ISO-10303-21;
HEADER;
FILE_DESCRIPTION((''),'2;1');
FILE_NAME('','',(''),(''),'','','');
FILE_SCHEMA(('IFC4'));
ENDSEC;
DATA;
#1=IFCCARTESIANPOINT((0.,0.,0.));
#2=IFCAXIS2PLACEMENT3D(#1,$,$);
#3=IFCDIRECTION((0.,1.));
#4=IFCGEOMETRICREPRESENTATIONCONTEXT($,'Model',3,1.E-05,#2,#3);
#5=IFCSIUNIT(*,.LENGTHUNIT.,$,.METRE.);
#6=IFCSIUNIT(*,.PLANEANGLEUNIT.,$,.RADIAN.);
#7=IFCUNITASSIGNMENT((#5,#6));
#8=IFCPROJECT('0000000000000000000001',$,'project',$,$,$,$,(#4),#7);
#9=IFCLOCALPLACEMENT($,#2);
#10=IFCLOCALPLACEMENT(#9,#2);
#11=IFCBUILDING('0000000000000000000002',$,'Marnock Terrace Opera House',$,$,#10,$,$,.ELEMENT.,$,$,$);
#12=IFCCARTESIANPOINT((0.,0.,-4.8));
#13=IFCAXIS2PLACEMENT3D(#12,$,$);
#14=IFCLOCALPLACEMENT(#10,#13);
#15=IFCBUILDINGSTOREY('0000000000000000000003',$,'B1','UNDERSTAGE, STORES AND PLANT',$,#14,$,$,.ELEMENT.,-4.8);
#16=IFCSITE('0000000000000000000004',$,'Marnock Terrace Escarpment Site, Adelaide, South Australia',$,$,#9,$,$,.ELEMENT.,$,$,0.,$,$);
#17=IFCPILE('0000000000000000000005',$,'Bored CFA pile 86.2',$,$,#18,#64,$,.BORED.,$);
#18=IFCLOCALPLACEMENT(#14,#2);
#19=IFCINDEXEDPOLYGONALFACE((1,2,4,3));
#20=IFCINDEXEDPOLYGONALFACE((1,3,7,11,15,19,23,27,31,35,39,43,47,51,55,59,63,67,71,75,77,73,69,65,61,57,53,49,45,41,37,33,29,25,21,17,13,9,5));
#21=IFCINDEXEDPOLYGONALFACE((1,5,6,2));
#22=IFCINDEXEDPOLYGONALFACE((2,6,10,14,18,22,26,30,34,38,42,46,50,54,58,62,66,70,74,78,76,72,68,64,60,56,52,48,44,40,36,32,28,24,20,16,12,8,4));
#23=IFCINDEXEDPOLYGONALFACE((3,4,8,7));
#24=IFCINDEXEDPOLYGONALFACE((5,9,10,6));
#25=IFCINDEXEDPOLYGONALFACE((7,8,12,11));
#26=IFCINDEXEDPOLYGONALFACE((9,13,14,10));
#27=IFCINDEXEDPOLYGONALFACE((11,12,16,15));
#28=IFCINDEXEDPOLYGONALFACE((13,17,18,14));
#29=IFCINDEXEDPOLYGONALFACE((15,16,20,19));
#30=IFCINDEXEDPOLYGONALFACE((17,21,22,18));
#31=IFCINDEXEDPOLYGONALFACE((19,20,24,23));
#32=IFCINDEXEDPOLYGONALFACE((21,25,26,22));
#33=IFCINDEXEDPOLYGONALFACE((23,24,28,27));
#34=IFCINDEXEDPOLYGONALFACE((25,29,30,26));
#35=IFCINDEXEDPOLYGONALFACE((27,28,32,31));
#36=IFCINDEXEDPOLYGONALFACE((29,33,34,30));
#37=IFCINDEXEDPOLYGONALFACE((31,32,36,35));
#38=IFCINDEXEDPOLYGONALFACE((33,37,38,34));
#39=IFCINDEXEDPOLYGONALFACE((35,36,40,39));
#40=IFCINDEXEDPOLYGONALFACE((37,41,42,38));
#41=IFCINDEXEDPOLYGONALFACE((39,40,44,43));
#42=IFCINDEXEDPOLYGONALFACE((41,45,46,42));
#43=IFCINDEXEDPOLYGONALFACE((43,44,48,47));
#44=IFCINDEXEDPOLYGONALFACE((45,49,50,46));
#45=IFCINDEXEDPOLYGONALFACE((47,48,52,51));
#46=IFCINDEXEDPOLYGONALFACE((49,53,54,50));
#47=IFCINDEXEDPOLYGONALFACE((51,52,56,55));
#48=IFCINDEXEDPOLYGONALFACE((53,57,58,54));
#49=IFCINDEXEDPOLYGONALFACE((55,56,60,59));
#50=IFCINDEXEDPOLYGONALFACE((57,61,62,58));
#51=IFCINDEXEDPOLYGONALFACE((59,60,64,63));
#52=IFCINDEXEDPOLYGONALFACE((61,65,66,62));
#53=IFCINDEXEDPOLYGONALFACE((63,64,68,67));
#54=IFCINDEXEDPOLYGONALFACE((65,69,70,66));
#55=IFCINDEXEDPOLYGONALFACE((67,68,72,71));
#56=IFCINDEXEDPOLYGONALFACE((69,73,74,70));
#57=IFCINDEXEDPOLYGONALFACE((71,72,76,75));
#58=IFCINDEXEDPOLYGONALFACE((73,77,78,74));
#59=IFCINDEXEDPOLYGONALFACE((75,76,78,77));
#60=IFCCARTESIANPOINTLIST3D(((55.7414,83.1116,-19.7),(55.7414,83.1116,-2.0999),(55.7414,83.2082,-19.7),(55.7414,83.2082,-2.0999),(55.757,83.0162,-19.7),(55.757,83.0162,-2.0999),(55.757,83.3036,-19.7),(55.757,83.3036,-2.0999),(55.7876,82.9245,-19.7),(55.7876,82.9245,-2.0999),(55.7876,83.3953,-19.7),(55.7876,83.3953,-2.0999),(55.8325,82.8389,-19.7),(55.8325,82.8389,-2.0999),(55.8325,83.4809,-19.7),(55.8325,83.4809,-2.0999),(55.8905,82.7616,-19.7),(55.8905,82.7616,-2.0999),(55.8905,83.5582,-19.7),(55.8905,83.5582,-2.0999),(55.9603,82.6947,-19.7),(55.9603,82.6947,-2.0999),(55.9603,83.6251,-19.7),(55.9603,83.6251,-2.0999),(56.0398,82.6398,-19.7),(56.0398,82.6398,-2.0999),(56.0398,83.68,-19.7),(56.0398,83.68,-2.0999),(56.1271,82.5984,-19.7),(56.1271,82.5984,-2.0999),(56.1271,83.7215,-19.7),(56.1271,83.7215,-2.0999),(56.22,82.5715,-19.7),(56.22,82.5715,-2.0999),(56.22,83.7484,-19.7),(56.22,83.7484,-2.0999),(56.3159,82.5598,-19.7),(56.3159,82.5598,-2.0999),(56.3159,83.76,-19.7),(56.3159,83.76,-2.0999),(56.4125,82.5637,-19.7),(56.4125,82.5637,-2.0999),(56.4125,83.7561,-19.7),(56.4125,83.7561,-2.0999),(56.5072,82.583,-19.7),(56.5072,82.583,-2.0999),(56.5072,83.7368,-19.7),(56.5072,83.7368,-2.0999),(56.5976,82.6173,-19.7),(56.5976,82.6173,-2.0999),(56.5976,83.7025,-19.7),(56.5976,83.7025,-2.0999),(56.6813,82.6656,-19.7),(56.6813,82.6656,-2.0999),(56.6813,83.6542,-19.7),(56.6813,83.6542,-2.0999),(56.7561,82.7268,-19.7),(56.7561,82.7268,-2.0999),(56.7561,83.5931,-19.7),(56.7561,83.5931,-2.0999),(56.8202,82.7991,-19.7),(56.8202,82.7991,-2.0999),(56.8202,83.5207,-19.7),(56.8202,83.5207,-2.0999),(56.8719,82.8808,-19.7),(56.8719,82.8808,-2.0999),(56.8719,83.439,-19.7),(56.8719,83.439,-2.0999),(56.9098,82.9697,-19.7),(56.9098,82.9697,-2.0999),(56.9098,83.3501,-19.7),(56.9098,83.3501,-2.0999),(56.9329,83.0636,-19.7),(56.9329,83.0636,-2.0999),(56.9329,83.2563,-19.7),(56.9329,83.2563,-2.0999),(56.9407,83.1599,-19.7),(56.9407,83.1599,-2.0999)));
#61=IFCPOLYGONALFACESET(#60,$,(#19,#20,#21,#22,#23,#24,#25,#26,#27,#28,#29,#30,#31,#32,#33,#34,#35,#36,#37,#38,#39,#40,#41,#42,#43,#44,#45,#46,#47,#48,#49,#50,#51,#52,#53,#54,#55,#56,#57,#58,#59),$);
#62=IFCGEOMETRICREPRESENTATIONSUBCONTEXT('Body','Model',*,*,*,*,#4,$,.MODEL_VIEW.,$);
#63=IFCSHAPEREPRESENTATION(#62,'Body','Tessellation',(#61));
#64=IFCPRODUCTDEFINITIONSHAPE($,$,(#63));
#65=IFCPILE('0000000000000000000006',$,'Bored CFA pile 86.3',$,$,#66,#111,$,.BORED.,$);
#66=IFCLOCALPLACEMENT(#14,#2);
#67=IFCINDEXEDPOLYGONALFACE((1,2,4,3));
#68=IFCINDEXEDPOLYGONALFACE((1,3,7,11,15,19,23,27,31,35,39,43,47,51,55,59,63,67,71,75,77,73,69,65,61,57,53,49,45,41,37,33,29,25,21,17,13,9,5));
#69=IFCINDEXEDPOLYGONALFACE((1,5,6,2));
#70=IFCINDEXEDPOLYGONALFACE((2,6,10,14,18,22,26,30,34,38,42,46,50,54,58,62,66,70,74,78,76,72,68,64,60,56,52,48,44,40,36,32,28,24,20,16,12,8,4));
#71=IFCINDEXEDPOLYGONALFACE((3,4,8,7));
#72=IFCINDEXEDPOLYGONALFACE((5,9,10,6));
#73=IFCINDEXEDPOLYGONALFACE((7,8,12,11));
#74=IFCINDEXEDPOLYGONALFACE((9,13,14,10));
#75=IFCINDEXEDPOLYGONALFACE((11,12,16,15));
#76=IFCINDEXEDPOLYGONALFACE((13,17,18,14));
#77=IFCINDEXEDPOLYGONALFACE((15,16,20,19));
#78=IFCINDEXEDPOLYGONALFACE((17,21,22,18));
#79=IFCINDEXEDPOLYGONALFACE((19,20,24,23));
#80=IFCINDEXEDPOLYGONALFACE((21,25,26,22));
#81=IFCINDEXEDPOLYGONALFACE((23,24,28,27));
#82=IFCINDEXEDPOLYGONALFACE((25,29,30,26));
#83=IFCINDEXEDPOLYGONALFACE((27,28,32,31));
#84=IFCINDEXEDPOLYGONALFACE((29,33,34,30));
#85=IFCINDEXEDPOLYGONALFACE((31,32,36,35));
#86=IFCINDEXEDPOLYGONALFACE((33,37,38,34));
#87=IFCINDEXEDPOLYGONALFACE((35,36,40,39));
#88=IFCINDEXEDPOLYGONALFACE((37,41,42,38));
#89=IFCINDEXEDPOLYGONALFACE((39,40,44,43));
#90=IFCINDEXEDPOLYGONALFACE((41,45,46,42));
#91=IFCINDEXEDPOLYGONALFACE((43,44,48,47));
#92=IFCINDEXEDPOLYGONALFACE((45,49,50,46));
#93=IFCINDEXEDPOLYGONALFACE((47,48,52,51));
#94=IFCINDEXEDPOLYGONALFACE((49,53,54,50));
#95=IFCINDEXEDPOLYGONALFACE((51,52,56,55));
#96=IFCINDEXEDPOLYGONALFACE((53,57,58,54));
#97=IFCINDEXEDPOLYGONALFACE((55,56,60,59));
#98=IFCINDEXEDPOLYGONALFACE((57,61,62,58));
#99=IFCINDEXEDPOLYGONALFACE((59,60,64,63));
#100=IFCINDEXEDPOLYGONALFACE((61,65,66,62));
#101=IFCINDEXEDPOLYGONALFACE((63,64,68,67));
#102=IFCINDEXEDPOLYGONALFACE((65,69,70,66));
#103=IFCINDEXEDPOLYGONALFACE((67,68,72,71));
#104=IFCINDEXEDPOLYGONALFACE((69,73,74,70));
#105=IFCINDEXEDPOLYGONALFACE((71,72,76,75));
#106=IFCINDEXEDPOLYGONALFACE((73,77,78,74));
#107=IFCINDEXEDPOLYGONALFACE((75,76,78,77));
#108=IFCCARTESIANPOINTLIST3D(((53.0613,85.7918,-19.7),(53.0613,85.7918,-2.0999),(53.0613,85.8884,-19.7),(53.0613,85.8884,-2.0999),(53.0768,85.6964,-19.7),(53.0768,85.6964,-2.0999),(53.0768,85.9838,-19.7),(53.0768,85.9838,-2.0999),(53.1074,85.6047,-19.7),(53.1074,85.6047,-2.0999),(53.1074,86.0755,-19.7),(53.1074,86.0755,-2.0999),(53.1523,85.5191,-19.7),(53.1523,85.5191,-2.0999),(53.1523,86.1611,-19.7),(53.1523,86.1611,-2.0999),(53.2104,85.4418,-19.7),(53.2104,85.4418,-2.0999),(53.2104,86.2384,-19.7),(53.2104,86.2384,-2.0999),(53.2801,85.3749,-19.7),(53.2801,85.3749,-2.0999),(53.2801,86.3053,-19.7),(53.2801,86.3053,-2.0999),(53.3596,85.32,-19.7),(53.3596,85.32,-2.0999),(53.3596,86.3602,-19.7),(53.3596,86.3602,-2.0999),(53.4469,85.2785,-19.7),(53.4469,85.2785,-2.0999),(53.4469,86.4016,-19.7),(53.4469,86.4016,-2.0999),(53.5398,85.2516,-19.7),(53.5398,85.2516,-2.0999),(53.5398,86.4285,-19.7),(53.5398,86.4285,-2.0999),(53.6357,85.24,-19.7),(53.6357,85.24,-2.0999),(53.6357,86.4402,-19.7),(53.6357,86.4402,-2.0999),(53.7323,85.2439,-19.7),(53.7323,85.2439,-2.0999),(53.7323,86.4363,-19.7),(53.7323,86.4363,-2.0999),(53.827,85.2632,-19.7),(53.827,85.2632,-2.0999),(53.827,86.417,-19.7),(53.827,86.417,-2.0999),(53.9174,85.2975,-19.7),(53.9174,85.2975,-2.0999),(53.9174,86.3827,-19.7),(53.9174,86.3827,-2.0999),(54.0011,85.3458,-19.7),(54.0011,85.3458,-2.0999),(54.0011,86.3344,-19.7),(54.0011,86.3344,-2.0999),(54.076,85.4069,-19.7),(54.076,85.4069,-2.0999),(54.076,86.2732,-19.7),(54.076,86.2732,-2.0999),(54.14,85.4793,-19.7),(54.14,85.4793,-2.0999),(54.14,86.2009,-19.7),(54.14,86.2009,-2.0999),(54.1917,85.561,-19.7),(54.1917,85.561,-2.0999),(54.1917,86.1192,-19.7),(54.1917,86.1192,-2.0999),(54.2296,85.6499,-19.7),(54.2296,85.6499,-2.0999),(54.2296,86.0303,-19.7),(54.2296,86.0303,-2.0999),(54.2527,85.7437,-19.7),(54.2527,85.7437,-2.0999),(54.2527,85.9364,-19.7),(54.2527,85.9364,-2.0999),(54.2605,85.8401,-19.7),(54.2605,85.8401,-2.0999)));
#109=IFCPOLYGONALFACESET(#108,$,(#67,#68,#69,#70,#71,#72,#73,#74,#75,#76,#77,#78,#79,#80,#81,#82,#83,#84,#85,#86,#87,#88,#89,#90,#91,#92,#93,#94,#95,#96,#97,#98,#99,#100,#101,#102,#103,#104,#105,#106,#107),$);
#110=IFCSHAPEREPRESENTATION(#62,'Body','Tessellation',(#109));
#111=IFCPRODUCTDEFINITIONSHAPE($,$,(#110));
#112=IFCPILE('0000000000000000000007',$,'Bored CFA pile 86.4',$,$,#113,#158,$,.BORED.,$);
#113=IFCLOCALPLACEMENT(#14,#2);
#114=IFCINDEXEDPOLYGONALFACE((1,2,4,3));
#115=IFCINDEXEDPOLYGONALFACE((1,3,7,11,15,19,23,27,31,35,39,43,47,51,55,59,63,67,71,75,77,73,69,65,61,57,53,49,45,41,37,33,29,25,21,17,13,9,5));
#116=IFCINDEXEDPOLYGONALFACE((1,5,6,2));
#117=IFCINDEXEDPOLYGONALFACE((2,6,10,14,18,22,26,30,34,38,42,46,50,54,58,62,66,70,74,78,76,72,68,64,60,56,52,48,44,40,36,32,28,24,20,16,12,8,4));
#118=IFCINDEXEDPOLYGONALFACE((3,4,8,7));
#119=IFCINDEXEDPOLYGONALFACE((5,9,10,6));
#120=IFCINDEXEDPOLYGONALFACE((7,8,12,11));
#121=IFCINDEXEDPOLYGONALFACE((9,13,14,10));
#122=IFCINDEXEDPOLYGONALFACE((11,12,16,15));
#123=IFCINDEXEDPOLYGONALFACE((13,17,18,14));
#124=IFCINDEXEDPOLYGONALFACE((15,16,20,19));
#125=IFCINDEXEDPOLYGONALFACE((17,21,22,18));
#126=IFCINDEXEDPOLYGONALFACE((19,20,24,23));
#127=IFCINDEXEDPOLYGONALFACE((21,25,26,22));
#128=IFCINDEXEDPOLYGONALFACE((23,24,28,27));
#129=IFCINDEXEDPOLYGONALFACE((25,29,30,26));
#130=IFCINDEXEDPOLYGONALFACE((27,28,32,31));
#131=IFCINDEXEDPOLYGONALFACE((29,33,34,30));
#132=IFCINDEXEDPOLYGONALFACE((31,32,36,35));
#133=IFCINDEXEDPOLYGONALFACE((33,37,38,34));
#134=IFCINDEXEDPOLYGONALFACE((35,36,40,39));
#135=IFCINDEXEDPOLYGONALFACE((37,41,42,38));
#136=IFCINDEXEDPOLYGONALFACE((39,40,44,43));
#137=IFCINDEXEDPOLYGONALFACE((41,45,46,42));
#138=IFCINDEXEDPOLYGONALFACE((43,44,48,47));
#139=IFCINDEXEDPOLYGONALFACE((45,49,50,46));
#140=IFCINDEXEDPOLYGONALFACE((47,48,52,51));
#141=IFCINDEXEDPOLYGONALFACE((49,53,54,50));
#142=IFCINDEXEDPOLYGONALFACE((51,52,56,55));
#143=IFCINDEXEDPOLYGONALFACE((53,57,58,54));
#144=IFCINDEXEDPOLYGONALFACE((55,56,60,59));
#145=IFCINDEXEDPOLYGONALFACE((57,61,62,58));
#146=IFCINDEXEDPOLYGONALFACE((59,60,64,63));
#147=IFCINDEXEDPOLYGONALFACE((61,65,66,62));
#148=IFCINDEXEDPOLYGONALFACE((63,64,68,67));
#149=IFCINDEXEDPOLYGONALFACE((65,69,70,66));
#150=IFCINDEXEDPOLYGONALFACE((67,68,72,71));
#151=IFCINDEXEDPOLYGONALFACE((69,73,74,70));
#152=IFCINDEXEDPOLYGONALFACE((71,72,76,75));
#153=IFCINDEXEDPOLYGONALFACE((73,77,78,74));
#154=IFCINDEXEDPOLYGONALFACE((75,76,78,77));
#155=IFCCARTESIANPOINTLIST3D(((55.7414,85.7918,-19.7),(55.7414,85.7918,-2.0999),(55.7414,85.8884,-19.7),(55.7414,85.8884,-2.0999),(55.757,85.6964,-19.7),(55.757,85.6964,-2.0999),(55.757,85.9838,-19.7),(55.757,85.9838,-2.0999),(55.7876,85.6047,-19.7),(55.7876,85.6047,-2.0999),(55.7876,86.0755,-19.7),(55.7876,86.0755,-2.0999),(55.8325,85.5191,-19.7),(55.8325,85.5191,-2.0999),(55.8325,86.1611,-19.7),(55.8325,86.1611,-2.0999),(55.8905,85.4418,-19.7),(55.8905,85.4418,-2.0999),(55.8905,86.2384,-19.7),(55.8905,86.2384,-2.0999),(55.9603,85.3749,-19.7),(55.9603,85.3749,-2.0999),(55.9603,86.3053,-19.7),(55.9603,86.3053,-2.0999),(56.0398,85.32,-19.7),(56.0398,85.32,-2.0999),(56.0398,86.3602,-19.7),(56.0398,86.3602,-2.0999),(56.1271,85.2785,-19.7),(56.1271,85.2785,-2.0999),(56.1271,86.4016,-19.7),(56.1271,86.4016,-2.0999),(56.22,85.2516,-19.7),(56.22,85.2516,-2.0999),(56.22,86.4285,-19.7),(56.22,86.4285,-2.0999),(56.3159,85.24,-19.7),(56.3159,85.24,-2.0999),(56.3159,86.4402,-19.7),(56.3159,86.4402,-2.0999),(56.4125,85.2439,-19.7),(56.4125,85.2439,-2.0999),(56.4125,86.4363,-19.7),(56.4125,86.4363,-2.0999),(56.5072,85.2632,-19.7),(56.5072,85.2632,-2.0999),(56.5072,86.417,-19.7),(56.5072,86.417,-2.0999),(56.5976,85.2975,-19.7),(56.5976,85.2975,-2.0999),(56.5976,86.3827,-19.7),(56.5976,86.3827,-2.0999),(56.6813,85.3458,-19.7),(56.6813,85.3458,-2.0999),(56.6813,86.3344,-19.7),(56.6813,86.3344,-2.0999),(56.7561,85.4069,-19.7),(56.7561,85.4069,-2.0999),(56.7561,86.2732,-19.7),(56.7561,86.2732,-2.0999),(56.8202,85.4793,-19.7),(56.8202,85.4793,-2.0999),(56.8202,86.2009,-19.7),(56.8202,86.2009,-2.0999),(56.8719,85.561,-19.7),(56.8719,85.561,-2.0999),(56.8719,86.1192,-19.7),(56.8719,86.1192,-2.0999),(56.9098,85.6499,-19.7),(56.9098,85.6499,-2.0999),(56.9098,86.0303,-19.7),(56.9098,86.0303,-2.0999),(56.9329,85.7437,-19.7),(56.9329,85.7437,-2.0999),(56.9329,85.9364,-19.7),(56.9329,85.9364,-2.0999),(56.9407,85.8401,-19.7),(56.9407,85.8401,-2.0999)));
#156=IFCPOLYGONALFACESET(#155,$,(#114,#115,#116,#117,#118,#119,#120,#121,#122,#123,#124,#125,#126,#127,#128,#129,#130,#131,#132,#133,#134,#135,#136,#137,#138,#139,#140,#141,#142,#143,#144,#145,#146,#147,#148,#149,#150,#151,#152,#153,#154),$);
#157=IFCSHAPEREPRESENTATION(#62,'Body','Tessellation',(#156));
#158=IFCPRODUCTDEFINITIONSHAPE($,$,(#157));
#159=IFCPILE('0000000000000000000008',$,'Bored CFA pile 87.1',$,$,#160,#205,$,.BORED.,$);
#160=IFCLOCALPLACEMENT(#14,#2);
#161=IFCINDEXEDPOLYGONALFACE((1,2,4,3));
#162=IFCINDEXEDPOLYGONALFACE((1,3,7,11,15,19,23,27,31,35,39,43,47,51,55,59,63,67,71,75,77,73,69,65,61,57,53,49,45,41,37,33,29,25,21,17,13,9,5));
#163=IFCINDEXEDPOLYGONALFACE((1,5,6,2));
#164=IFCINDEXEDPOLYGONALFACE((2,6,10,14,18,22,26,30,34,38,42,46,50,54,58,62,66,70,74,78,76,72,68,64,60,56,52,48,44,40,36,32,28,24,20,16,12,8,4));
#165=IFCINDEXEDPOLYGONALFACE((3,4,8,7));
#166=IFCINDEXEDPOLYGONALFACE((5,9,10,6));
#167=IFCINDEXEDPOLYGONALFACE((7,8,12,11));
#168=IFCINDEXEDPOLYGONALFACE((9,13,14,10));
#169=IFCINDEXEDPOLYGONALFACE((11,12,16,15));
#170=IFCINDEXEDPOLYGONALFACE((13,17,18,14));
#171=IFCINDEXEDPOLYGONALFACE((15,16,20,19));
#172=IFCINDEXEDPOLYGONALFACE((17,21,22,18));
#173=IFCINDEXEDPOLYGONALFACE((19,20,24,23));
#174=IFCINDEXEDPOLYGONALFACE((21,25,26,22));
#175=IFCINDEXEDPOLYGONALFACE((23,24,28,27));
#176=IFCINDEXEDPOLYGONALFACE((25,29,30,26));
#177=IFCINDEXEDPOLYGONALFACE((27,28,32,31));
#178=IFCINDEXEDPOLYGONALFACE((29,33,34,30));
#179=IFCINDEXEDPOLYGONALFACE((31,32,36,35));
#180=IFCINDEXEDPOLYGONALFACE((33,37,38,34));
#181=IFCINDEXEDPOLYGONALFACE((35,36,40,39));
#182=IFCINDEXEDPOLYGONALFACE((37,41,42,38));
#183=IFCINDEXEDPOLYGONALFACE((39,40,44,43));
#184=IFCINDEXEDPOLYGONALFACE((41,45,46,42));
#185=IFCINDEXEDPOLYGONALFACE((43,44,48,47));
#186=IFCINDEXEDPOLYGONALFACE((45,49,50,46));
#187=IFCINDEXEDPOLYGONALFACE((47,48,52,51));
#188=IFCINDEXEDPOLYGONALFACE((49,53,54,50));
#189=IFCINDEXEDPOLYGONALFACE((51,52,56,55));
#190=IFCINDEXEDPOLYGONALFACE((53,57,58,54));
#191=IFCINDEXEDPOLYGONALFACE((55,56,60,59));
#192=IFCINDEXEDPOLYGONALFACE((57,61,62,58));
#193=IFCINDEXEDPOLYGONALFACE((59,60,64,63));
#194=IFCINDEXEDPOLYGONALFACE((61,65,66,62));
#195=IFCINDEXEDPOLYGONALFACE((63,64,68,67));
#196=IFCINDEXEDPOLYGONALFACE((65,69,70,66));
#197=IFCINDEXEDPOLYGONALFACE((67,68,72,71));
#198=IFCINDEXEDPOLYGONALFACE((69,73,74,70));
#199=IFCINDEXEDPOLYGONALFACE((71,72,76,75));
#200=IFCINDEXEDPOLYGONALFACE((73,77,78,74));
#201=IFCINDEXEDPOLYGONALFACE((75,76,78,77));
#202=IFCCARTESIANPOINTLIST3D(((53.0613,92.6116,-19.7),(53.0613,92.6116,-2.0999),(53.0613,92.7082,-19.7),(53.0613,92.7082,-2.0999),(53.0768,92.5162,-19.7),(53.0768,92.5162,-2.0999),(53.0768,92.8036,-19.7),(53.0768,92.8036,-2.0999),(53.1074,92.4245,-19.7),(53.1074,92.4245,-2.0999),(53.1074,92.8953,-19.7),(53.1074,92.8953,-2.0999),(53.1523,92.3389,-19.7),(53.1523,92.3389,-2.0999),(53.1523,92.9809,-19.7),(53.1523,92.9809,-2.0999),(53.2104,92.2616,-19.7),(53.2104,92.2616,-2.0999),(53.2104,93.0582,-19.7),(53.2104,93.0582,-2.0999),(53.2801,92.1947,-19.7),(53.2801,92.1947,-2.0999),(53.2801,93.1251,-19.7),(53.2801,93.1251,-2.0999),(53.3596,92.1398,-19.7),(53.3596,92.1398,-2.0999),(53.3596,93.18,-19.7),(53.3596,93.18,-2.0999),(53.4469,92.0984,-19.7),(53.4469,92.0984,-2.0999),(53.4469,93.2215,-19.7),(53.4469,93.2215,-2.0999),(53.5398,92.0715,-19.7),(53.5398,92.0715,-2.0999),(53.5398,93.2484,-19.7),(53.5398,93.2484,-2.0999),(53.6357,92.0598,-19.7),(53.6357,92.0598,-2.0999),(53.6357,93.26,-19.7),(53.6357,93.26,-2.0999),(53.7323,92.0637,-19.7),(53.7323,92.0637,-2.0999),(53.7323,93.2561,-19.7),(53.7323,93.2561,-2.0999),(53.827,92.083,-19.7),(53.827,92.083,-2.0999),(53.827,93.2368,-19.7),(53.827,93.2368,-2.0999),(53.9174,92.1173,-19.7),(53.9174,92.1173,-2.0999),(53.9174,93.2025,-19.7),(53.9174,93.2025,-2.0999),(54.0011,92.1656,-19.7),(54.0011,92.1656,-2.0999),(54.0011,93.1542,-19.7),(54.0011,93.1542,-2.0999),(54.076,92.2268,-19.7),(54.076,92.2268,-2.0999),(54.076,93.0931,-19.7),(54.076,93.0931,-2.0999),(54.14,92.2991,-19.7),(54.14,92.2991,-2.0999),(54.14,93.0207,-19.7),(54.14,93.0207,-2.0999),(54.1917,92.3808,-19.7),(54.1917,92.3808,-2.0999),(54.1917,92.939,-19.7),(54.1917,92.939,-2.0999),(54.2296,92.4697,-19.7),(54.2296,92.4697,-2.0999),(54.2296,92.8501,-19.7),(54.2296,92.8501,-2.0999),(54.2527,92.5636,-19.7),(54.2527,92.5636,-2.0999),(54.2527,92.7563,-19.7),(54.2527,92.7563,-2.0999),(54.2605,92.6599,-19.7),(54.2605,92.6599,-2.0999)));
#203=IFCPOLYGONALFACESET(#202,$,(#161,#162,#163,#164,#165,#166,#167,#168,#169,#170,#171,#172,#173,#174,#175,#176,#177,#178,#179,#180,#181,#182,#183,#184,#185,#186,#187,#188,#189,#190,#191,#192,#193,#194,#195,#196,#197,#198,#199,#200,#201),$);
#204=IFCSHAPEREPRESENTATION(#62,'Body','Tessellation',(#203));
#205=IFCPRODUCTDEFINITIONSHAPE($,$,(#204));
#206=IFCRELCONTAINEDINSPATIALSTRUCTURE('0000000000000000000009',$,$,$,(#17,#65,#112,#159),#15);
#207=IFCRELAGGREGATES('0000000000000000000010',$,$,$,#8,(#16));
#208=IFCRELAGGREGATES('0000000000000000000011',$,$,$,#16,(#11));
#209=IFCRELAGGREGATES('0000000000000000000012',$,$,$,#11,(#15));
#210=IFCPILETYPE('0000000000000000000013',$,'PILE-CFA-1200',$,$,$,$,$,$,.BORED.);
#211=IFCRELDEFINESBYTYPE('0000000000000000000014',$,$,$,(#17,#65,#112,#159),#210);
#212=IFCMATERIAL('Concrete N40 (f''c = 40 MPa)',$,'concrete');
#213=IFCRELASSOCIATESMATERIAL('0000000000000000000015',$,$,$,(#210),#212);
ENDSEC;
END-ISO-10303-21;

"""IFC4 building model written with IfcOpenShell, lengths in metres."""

from ifc_helpers import new_model, si_unit, direction, frame, origin, origin_2d, place, context, subcontext, project, spatial, circle, extrude, material, material_profile, profile_set, type_object, element, save


model = new_model("IFC4")

# Units and contexts
model_context = context("Model", 3, precision=1e-05, world=origin(), true_north=direction((0.0, 1.0)))
body_context = subcontext(model_context, "Body", "Model", "MODEL_VIEW")
ifc_project = project(units=[si_unit("LENGTHUNIT", "METRE"), si_unit("PLANEANGLEUNIT", "RADIAN")], contexts=[model_context])

# Site, building, storey
site_placement = place(None, origin())
site = spatial("IfcSite", under=ifc_project, at=site_placement, Name="Marnock Terrace Escarpment Site, Adelaide, South Australia", CompositionType="ELEMENT", RefElevation=0.0)
building_placement = place(site_placement, origin())
building = spatial("IfcBuilding", under=site, at=building_placement, Name="Marnock Terrace Opera House", CompositionType="ELEMENT")
storey_placement = place(building_placement, frame((0.0, 0.0, -4.8)))
storey = spatial("IfcBuildingStorey", under=building, at=storey_placement, Name="B1", Description="UNDERSTAGE, STORES AND PLANT", CompositionType="ELEMENT", Elevation=-4.8)

# Shared definitions
ifc_material_1 = material(Name="Concrete N40 (f'c = 40 MPa)", Category="concrete")

# Piles
ifc_material_profile_1 = material_profile(ifc_material_1, circle(Radius=0.6006, at=origin_2d()))
ifc_profile_set_1 = profile_set([ifc_material_profile_1], Name="Concrete N40 (f'c = 40 MPa)")
pile_type_1 = type_object("IfcPileType", Name="PILE-CFA-1200", PredefinedType="BORED", material=ifc_profile_set_1)
for number, where, z_axis, x_axis, name in (
    (1, (56.3401, 83.1599, -2.0999), (0.0, 0.0, -1.0), (1.0, 0.0, 0.0), "Bored CFA pile 86.2"),
    (2, (53.6599, 85.8401, -2.0999), (0.0, 0.0, -1.0), (1.0, 0.0, 0.0), "Bored CFA pile 86.3"),
    (3, (56.3401, 85.8401, -2.0999), (0.0, 0.0, -1.0), (1.0, 0.0, 0.0), "Bored CFA pile 86.4"),
    (4, (53.6599, 92.6599, -2.0999), (0.0, 0.0, -1.0), (1.0, 0.0, 0.0), "Bored CFA pile 87.1"),
):
    element("IfcPile", number, at=place(storey_placement, frame(where, z_axis=z_axis, x_axis=x_axis)), inside=storey, type_object=pile_type_1, Name=name, PredefinedType="BORED", context=body_context, shape_type="SweptSolid", body=[
        extrude(circle(Radius=0.6006, at=origin_2d()), origin(), (0.0, 0.0, 1.0), 17.6001),
    ])

save(model, "model.ifc")
